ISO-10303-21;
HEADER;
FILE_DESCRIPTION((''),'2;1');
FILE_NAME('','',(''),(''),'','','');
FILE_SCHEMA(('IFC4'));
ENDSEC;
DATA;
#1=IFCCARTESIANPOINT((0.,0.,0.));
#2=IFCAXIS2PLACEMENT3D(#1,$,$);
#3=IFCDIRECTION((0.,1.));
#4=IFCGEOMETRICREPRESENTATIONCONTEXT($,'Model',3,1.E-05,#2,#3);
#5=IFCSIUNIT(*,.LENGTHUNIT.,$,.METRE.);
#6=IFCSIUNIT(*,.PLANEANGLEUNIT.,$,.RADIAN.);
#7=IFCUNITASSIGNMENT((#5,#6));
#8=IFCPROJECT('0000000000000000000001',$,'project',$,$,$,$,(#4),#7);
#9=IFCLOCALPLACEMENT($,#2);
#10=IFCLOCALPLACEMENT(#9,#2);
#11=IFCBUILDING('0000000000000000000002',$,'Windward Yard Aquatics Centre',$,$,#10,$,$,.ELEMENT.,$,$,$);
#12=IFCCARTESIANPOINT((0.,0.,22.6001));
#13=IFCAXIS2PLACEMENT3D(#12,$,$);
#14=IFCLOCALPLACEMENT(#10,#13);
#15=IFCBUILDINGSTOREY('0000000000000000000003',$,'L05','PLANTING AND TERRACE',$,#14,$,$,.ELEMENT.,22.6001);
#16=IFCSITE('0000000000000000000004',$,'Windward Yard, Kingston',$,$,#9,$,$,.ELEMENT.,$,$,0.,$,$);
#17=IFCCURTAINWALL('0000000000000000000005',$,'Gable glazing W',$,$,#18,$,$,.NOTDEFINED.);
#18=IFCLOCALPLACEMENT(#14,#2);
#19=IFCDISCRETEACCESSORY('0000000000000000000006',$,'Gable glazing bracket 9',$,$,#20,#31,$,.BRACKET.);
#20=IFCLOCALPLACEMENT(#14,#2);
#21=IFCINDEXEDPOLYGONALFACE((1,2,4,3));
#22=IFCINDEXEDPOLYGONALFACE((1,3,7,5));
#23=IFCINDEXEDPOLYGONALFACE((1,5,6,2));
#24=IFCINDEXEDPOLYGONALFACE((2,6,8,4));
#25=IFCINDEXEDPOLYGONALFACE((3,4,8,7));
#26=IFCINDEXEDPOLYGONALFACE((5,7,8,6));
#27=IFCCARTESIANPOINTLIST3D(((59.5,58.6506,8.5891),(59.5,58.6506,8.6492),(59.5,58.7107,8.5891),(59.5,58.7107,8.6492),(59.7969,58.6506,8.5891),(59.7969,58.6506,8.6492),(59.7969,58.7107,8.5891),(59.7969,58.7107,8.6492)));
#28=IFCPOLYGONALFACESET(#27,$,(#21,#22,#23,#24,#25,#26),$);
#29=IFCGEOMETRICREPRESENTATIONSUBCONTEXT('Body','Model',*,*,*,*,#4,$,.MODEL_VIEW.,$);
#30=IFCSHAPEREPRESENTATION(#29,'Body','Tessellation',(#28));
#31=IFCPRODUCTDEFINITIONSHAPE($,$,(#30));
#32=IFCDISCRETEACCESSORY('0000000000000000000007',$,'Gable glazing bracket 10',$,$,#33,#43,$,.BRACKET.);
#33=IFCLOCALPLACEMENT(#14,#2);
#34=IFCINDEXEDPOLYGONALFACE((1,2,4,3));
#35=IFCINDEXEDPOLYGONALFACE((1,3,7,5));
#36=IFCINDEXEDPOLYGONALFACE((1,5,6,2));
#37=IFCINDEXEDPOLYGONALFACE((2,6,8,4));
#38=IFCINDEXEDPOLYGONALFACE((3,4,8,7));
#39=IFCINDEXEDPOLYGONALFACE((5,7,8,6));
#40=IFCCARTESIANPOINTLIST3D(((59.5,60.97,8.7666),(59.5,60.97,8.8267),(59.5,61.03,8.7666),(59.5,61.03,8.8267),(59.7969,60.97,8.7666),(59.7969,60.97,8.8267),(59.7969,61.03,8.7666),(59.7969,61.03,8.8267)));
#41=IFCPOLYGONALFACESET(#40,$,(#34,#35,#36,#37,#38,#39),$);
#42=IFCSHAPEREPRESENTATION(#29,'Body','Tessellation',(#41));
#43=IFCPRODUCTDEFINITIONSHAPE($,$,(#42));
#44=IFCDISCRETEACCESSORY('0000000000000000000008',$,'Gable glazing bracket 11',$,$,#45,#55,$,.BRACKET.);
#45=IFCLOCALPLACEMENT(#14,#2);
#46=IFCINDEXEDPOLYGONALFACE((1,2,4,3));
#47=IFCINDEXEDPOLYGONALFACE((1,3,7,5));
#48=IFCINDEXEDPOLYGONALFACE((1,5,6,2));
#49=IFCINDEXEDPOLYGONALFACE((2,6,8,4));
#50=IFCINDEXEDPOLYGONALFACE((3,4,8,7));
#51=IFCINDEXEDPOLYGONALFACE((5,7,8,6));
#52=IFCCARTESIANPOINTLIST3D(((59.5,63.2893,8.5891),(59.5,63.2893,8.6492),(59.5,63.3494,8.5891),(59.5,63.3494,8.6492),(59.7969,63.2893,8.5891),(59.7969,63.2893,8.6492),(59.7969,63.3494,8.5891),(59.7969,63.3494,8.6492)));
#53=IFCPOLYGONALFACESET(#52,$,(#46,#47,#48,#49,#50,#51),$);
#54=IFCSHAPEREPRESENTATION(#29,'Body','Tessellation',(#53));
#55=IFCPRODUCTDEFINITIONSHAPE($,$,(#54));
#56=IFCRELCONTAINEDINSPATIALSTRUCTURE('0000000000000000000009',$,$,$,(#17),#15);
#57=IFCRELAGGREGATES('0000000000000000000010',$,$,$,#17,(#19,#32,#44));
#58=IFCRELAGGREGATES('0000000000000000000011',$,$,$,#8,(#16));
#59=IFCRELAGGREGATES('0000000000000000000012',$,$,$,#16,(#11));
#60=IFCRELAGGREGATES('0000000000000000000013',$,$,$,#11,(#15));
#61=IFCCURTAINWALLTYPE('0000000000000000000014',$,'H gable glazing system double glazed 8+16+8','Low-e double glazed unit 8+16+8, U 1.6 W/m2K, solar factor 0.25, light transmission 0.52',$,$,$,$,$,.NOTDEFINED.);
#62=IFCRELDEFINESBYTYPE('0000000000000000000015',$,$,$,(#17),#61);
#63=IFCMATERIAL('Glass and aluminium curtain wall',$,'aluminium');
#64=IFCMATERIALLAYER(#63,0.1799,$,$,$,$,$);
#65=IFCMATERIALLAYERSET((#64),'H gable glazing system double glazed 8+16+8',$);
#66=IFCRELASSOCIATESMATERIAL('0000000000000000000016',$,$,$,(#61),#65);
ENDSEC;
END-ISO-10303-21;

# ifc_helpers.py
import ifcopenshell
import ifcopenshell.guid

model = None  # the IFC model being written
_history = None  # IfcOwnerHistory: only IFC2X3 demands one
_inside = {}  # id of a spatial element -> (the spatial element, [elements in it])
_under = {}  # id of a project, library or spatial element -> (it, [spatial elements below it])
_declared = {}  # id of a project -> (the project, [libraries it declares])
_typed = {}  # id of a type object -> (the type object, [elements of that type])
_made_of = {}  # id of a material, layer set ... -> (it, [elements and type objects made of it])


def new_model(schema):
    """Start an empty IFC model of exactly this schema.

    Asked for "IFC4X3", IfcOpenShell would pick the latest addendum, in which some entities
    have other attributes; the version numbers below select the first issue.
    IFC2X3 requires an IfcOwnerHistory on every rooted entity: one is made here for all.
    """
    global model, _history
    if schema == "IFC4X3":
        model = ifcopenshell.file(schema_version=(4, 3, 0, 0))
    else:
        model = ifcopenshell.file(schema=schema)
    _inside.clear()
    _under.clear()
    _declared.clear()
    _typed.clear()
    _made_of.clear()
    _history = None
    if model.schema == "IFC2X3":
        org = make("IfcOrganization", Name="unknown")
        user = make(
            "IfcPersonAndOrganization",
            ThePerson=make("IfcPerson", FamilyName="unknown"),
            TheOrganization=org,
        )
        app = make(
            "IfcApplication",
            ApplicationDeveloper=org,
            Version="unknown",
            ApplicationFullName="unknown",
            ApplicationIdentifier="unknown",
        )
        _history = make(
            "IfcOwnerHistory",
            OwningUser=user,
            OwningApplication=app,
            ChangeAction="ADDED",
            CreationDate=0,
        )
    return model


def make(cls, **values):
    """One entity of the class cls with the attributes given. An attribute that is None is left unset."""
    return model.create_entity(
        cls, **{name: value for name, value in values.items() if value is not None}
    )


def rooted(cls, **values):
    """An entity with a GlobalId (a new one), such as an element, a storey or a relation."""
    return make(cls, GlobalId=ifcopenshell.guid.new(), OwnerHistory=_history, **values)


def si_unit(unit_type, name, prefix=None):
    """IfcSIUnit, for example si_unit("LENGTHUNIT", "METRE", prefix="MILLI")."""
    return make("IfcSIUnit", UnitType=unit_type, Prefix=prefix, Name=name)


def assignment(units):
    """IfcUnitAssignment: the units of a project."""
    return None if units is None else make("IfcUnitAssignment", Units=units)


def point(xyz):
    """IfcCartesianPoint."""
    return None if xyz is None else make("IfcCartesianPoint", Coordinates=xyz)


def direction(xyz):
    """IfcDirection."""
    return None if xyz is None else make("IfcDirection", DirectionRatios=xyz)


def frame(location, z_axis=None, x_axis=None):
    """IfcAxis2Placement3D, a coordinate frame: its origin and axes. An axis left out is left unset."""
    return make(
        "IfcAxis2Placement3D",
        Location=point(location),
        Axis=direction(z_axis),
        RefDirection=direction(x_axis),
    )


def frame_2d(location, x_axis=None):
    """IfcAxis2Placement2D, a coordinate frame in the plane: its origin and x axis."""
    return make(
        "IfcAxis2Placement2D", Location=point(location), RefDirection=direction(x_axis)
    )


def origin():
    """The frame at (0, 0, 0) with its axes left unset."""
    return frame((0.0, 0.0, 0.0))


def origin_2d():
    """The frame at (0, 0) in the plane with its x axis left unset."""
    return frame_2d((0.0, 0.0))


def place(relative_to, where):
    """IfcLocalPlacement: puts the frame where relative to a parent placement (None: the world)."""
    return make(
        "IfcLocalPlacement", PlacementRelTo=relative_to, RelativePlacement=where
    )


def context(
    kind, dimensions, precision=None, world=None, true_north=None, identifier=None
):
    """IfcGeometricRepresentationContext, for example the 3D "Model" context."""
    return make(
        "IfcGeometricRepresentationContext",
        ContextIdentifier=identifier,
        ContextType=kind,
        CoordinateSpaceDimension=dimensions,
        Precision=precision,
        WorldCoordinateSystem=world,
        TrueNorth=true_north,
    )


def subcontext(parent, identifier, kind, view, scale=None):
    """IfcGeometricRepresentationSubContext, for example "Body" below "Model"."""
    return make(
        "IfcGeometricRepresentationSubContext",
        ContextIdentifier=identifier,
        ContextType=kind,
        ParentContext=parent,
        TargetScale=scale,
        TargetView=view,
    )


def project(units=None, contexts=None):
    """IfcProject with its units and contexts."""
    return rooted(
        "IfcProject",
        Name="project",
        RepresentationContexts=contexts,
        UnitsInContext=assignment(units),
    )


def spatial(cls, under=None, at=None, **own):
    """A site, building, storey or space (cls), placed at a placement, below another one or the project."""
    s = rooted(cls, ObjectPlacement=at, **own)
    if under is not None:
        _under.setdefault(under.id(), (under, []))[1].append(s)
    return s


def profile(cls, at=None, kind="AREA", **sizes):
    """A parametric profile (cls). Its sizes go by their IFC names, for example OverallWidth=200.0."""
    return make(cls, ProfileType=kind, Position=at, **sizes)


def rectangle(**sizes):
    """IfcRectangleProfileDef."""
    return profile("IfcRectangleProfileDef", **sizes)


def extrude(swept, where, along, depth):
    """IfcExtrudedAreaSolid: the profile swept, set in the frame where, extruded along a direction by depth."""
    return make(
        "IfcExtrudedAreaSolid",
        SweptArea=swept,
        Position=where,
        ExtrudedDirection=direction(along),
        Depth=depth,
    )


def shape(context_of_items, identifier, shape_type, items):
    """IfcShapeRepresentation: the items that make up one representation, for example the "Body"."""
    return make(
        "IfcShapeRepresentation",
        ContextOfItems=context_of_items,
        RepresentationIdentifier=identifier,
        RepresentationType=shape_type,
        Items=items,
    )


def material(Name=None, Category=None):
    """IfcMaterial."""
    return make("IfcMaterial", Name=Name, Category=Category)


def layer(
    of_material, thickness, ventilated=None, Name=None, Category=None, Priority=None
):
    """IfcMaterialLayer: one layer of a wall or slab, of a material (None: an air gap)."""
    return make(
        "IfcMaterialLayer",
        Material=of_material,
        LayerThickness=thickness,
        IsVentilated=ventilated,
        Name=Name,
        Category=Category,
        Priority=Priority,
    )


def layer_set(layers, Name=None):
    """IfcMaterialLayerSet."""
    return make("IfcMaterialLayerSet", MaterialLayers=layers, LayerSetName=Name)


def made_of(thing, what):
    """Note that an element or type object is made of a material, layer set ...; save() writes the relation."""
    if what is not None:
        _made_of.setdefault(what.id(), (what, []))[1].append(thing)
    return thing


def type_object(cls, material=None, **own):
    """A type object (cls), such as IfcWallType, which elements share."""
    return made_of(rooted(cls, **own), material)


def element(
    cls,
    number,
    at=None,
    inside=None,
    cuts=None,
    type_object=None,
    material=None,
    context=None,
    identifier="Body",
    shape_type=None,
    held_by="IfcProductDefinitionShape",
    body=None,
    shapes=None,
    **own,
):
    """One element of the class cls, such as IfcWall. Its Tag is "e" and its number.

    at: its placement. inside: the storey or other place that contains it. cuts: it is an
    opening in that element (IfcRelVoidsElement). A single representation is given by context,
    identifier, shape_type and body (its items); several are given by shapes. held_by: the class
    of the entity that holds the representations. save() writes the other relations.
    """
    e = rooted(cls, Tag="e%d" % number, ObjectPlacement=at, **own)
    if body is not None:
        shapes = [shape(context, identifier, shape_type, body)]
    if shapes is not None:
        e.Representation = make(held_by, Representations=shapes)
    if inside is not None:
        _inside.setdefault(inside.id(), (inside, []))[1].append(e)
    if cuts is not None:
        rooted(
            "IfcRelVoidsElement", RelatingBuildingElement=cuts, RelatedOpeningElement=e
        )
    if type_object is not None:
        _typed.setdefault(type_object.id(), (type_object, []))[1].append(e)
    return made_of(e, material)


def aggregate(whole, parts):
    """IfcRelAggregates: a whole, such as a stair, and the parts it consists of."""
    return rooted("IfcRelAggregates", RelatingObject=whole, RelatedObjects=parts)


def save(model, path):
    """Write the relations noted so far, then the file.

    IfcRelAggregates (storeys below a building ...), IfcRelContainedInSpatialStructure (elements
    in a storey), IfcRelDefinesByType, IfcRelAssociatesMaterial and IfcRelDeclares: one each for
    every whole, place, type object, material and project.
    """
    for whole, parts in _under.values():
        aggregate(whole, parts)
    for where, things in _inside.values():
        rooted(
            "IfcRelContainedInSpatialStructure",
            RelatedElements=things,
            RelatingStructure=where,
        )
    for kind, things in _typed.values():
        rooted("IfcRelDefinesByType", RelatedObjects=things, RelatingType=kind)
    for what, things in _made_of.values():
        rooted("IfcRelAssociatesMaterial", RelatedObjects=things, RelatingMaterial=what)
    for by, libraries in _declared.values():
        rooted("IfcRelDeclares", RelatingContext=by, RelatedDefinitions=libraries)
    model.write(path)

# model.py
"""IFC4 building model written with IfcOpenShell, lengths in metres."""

from ifc_helpers import new_model, si_unit, direction, frame, origin, origin_2d, place, context, subcontext, project, spatial, rectangle, extrude, material, layer, layer_set, type_object, element, aggregate, save


model = new_model("IFC4")

# Units and contexts
model_context = context("Model", 3, precision=1e-05, world=origin(), true_north=direction((0.0, 1.0)))
body_context = subcontext(model_context, "Body", "Model", "MODEL_VIEW")
ifc_project = project(units=[si_unit("LENGTHUNIT", "METRE"), si_unit("PLANEANGLEUNIT", "RADIAN")], contexts=[model_context])

# Site, building, storey
site_placement = place(None, origin())
site = spatial("IfcSite", under=ifc_project, at=site_placement, Name="Windward Yard, Kingston", CompositionType="ELEMENT", RefElevation=0.0)
building_placement = place(site_placement, origin())
building = spatial("IfcBuilding", under=site, at=building_placement, Name="Windward Yard Aquatics Centre", CompositionType="ELEMENT")
storey_placement = place(building_placement, frame((0.0, 0.0, 22.6001)))
storey = spatial("IfcBuildingStorey", under=building, at=storey_placement, Name="L05", Description="PLANTING AND TERRACE", CompositionType="ELEMENT", Elevation=22.6001)

# Curtain wall
ifc_material_1 = material(Name="Glass and aluminium curtain wall", Category="aluminium")
ifc_layer_1 = layer(ifc_material_1, 0.1799)
ifc_layer_set_1 = layer_set([ifc_layer_1], Name="H gable glazing system double glazed 8+16+8")
curtain_wall_type = type_object("IfcCurtainWallType", Name="H gable glazing system double glazed 8+16+8", Description="Low-e double glazed unit 8+16+8, U 1.6 W/m2K, solar factor 0.25, light transmission 0.52", PredefinedType="NOTDEFINED", material=ifc_layer_set_1)
curtain_wall_placement = place(storey_placement, origin())
curtain_wall = element("IfcCurtainWall", 1, at=curtain_wall_placement, inside=storey, type_object=curtain_wall_type, Name="Gable glazing W", PredefinedType="NOTDEFINED")

# Discrete accessories
discrete_accessory_1_placement = place(storey_placement, frame((59.5, 58.6807, 8.6191), z_axis=(1.0, 0.0, 0.0), x_axis=(0.0, 1.0, 0.0)))
discrete_accessory_1 = element("IfcDiscreteAccessory", 2, at=discrete_accessory_1_placement, Name="Gable glazing bracket 9", PredefinedType="BRACKET", context=body_context, shape_type="SweptSolid", body=[
    extrude(rectangle(XDim=0.0601, YDim=0.0601, at=origin_2d()), origin(), (0.0, 0.0, 1.0), 0.2969),
])
discrete_accessory_2_placement = place(storey_placement, frame((59.5, 61.0, 8.7966), z_axis=(1.0, 0.0, 0.0), x_axis=(0.0, 1.0, 0.0)))
discrete_accessory_2 = element("IfcDiscreteAccessory", 3, at=discrete_accessory_2_placement, Name="Gable glazing bracket 10", PredefinedType="BRACKET", context=body_context, shape_type="SweptSolid", body=[
    extrude(rectangle(XDim=0.0601, YDim=0.0601, at=origin_2d()), origin(), (0.0, 0.0, 1.0), 0.2969),
])
discrete_accessory_3_placement = place(storey_placement, frame((59.5, 63.3193, 8.6191), z_axis=(1.0, 0.0, 0.0), x_axis=(0.0, 1.0, 0.0)))
discrete_accessory_3 = element("IfcDiscreteAccessory", 4, at=discrete_accessory_3_placement, Name="Gable glazing bracket 11", PredefinedType="BRACKET", context=body_context, shape_type="SweptSolid", body=[
    extrude(rectangle(XDim=0.0601, YDim=0.0601, at=origin_2d()), origin(), (0.0, 0.0, 1.0), 0.2969),
])
aggregate(curtain_wall, [discrete_accessory_1, discrete_accessory_2, discrete_accessory_3])

save(model, "model.ifc")
